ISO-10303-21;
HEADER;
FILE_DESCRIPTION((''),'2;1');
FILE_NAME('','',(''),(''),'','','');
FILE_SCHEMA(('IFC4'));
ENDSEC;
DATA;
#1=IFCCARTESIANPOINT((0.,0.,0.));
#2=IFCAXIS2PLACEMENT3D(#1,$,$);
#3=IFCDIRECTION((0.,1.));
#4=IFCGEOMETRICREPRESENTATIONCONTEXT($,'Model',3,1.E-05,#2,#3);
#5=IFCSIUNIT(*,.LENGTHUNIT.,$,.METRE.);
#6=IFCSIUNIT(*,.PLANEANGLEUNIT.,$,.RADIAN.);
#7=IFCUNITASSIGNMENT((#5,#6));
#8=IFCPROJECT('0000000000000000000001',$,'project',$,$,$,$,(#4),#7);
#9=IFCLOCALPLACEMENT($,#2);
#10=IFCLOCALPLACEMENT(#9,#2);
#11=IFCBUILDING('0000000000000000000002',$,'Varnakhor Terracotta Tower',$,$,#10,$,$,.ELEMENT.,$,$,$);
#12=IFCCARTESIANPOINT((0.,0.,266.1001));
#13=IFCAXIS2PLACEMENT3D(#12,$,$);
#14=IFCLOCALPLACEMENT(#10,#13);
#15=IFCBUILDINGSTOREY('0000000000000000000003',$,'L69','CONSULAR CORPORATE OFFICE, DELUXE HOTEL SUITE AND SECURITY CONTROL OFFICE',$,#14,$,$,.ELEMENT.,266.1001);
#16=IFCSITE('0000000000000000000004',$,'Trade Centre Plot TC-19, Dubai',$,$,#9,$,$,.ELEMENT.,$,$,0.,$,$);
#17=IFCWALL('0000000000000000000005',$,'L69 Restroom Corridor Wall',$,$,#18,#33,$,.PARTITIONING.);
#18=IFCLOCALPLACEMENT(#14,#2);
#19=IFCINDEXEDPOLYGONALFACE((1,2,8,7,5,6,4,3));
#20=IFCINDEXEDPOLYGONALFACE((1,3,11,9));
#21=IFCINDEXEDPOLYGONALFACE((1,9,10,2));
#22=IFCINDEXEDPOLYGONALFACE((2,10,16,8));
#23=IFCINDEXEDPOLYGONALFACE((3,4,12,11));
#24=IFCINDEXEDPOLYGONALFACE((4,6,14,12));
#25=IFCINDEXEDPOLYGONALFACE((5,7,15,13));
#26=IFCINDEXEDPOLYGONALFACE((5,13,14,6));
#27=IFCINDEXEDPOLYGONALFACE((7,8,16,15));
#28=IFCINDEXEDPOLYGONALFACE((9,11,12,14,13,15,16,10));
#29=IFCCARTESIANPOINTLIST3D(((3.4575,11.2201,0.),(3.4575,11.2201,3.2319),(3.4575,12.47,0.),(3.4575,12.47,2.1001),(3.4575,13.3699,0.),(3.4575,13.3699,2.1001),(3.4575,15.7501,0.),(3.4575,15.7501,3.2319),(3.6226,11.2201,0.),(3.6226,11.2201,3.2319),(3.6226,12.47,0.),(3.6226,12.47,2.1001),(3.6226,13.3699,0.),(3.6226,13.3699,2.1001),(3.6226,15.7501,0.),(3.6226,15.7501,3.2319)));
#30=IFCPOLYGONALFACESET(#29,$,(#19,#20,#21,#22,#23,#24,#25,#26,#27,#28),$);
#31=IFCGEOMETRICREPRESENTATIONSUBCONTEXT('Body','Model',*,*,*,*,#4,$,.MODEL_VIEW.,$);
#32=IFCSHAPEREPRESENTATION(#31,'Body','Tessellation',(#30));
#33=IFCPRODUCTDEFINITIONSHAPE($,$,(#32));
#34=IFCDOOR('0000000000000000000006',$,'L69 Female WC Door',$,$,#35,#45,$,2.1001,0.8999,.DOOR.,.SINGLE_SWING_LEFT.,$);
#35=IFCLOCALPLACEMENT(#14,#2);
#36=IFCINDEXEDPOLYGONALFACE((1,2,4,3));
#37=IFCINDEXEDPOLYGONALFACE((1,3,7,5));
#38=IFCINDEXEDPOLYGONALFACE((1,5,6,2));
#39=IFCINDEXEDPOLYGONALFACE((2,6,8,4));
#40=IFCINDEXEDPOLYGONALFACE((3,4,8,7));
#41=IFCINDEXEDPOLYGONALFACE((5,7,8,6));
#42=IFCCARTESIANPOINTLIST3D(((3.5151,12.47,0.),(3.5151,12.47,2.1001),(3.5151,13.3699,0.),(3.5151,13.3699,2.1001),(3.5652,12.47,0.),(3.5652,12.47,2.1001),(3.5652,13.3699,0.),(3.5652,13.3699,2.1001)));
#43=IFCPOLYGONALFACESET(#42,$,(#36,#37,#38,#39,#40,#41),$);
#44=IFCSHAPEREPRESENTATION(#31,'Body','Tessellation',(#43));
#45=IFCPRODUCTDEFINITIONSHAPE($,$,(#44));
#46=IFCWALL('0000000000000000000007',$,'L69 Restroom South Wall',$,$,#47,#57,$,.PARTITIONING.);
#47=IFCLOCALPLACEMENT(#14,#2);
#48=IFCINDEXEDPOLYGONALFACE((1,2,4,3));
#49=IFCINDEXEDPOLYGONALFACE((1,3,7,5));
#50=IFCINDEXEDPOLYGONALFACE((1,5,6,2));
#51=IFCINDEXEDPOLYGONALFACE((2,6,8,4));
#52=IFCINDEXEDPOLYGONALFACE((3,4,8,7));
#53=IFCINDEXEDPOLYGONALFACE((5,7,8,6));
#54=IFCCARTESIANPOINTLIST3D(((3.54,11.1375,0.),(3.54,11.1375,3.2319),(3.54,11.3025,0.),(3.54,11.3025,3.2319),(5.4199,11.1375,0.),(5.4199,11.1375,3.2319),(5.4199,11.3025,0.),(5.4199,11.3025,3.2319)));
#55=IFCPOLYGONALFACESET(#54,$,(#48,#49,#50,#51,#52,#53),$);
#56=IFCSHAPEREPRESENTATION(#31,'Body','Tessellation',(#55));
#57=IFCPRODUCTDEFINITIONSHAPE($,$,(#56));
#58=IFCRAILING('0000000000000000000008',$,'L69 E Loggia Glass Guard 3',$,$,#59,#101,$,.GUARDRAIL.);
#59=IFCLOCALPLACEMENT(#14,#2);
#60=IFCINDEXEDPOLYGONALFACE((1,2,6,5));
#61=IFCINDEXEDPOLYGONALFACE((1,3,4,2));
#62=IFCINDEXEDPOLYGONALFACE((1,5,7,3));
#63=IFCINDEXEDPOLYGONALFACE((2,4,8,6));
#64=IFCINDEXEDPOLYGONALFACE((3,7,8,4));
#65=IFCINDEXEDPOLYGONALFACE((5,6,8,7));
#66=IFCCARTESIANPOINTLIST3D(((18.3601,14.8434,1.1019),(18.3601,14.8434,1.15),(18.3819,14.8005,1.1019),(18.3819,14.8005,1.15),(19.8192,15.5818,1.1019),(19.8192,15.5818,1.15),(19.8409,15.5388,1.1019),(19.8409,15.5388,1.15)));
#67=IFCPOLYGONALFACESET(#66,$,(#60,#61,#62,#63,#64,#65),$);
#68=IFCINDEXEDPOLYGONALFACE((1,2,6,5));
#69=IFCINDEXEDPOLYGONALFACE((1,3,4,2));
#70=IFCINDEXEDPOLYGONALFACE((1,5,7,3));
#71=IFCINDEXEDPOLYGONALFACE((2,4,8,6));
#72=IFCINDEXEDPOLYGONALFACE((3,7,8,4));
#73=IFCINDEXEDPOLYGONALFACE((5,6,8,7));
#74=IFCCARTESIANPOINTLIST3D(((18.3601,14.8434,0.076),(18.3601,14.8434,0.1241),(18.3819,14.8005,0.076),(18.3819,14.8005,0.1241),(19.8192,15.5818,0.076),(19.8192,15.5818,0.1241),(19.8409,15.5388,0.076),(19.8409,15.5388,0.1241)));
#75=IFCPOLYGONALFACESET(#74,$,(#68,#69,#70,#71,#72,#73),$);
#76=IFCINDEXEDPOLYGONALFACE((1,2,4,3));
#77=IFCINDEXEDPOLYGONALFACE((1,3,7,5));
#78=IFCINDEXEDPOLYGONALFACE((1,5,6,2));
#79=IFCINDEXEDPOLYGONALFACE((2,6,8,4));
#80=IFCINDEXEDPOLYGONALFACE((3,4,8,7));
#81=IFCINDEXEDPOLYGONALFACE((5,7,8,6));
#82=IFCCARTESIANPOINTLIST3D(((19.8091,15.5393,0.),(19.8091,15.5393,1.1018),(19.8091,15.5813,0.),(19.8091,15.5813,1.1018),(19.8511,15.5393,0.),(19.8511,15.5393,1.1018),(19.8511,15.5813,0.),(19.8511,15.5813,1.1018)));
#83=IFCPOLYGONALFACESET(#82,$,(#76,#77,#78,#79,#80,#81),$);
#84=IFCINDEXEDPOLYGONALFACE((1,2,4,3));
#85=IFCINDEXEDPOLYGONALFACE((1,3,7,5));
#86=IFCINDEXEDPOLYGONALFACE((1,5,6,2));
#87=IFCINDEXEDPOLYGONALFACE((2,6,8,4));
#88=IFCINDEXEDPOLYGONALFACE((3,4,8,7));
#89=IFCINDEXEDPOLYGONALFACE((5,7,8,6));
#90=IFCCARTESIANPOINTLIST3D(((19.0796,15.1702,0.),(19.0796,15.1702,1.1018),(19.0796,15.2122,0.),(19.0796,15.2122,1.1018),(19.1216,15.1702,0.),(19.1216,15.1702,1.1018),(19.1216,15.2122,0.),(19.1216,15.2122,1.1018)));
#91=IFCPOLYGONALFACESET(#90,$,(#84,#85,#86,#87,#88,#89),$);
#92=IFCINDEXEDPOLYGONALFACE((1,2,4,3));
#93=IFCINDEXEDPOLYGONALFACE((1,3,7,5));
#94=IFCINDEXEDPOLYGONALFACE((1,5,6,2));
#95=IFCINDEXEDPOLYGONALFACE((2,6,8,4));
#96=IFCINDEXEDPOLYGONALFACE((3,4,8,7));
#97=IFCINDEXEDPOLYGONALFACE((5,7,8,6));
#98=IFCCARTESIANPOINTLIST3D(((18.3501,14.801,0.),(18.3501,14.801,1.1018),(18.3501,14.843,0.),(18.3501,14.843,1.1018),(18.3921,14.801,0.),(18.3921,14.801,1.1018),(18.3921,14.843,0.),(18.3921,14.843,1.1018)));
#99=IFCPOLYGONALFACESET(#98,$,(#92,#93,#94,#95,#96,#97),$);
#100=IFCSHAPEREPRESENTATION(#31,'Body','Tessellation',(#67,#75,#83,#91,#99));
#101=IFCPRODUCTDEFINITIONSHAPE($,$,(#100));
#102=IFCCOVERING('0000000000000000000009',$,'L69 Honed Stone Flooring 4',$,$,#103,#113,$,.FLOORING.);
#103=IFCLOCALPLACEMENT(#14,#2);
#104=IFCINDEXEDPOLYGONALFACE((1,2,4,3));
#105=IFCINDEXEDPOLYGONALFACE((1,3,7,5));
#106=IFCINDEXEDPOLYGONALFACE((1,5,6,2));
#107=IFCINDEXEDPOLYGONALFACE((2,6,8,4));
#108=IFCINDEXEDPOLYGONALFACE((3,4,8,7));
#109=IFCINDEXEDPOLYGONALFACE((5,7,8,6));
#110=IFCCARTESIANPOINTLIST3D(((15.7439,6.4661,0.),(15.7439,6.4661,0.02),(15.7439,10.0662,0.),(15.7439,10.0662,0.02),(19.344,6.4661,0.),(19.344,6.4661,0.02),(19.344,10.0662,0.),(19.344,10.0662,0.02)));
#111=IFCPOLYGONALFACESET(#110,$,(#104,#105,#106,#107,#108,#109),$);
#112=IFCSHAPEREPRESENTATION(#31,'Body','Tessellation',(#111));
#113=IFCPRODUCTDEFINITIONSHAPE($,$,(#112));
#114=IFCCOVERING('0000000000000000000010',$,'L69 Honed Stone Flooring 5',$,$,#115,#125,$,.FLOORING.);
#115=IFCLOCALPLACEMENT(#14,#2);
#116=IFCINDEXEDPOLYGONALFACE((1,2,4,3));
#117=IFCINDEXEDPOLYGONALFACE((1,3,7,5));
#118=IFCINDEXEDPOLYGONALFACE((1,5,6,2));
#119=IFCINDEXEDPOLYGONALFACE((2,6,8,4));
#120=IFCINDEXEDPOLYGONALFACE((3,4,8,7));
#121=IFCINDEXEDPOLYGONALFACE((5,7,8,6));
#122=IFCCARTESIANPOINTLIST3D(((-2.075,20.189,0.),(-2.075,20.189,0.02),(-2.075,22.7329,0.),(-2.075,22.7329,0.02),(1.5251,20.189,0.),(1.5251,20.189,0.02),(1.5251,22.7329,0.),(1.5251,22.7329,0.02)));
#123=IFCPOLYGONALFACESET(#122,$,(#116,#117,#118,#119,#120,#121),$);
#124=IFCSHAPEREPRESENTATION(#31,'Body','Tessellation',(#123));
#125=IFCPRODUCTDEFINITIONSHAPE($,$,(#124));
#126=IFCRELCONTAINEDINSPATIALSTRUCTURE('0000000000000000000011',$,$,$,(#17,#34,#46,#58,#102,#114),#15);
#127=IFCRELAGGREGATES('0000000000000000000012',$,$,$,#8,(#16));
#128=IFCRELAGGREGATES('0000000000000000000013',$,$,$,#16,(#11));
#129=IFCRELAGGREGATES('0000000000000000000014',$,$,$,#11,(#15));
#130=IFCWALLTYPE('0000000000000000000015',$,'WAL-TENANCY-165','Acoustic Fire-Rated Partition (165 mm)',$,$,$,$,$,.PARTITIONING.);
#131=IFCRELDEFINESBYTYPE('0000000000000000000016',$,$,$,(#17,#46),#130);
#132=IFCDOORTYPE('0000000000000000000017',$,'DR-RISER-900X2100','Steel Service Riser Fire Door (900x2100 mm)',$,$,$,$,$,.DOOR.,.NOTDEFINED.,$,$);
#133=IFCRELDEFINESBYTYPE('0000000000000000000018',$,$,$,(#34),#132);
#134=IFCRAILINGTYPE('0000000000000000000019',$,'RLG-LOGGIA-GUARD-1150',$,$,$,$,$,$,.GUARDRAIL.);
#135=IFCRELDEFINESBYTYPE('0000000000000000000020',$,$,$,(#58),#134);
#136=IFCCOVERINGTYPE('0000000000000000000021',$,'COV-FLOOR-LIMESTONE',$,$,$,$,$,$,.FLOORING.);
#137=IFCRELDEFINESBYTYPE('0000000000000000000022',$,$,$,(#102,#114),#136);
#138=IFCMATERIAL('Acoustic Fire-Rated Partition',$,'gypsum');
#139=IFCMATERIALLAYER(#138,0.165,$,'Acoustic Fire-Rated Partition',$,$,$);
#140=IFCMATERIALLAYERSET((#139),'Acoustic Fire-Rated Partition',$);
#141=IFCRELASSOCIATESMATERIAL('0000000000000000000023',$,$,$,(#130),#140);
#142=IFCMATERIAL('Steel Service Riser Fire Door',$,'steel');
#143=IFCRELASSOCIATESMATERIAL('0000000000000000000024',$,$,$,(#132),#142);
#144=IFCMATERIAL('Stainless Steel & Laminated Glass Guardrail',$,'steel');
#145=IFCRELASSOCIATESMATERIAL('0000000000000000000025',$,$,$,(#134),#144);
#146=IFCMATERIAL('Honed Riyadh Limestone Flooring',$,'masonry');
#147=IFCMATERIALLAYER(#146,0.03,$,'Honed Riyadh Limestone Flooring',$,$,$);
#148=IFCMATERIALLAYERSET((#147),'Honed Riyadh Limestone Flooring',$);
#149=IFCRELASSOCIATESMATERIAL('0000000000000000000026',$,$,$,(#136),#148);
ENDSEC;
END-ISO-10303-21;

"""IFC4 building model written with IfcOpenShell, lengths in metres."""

from ifc_helpers import new_model, si_unit, direction, frame, frame_2d, origin, origin_2d, place, context, subcontext, project, spatial, rectangle, extrude, source, transform, mapped, material, layer, layer_set, type_object, type_shapes, element, fill, save


model = new_model("IFC4")

# Units and contexts
model_context = context("Model", 3, precision=1e-05, world=origin(), true_north=direction((0.0, 1.0)))
body_context = subcontext(model_context, "Body", "Model", "MODEL_VIEW")
ifc_project = project(units=[si_unit("LENGTHUNIT", "METRE"), si_unit("PLANEANGLEUNIT", "RADIAN")], contexts=[model_context])

# Site, building, storey
site_placement = place(None, origin())
site = spatial("IfcSite", under=ifc_project, at=site_placement, Name="Trade Centre Plot TC-19, Dubai", CompositionType="ELEMENT", RefElevation=0.0)
building_placement = place(site_placement, origin())
building = spatial("IfcBuilding", under=site, at=building_placement, Name="Varnakhor Terracotta Tower", CompositionType="ELEMENT")
storey_placement = place(building_placement, frame((0.0, 0.0, 266.1001)))
storey = spatial("IfcBuildingStorey", under=building, at=storey_placement, Name="L69", Description="CONSULAR CORPORATE OFFICE, DELUXE HOTEL SUITE AND SECURITY CONTROL OFFICE", CompositionType="ELEMENT", Elevation=266.1001)

# Shared definitions
ifc_material_1 = material(Name="Acoustic Fire-Rated Partition", Category="gypsum")
ifc_layer_1 = layer(ifc_material_1, 0.165, Name="Acoustic Fire-Rated Partition")
ifc_layer_set_1 = layer_set([ifc_layer_1], Name="Acoustic Fire-Rated Partition")
wall_type_1 = type_object("IfcWallType", Name="WAL-TENANCY-165", Description="Acoustic Fire-Rated Partition (165 mm)", PredefinedType="PARTITIONING", material=ifc_layer_set_1)

# Wall, opening, door
wall_1_placement = place(storey_placement, frame((3.54, 11.22, 0.0), z_axis=(0.0, 0.0, 1.0), x_axis=(0.0, 1.0, 0.0)))
wall_1 = element("IfcWall", 1, at=wall_1_placement, inside=storey, type_object=wall_type_1, Name="L69 Restroom Corridor Wall", PredefinedType="PARTITIONING", context=body_context, shape_type="SweptSolid", body=[
    extrude(rectangle(XDim=4.53, YDim=0.165, at=frame_2d((2.2651, 0.0))), origin(), (0.0, 0.0, 1.0), 3.2319),
])
opening_1_placement = place(wall_1_placement, frame((1.25, 0.0, 0.0)))
opening_1 = element("IfcOpeningElement", 2, at=opening_1_placement, cuts=wall_1, PredefinedType="OPENING", context=body_context, shape_type="SweptSolid", body=[
    extrude(rectangle(XDim=0.8999, YDim=2.1001, at=frame_2d((0.45, 1.05))), frame((0.0, 0.0925, 0.0), z_axis=(0.0, -1.0, 0.0), x_axis=(1.0, 0.0, 0.0)), (0.0, 0.0, 1.0), 0.1851),
])
ifc_material_2 = material(Name="Steel Service Riser Fire Door", Category="steel")
door_type_1 = type_object("IfcDoorType", Name="DR-RISER-900X2100", Description="Steel Service Riser Fire Door (900x2100 mm)", OperationType="NOTDEFINED", PredefinedType="DOOR", material=ifc_material_2)
shared_shape_1 = source(origin(), body_context, "Body", "SweptSolid", [
    extrude(rectangle(XDim=0.8999, YDim=2.1001, at=frame_2d((0.45, 1.05))), frame((0.0, 0.0249, 0.0), z_axis=(0.0, -1.0, 0.0), x_axis=(1.0, 0.0, 0.0)), (0.0, 0.0, 1.0), 0.05),
])
type_shapes(door_type_1, [shared_shape_1])
door_1_placement = place(opening_1_placement, origin())
door_1 = element("IfcDoor", 3, at=door_1_placement, inside=storey, type_object=door_type_1, Name="L69 Female WC Door", OperationType="SINGLE_SWING_LEFT", OverallHeight=2.1001, OverallWidth=0.8999, PredefinedType="DOOR", context=body_context, shape_type="MappedRepresentation", body=[
    mapped(shared_shape_1, transform((0.0, 0.0, 0.0), scale=1.0)),
])
fill(opening_1, door_1)

# Wall
wall_2_placement = place(storey_placement, frame((3.54, 11.22, 0.0), z_axis=(0.0, 0.0, 1.0), x_axis=(1.0, 0.0, 0.0)))
element("IfcWall", 4, at=wall_2_placement, inside=storey, type_object=wall_type_1, Name="L69 Restroom South Wall", PredefinedType="PARTITIONING", context=body_context, shape_type="SweptSolid", body=[
    extrude(rectangle(XDim=1.8799, YDim=0.165, at=frame_2d((0.9399, 0.0))), origin(), (0.0, 0.0, 1.0), 3.2319),
])

# Railing
ifc_material_3 = material(Name="Stainless Steel & Laminated Glass Guardrail", Category="steel")
railing_type = type_object("IfcRailingType", Name="RLG-LOGGIA-GUARD-1150", PredefinedType="GUARDRAIL", material=ifc_material_3)
railing_placement = place(storey_placement, frame((19.8301, 15.5603, 0.0)))
element("IfcRailing", 5, at=railing_placement, inside=storey, type_object=railing_type, Name="L69 E Loggia Glass Guard 3", PredefinedType="GUARDRAIL", context=body_context, shape_type="SweptSolid", body=[
    extrude(rectangle(XDim=0.0481, YDim=0.0481, at=origin_2d()), frame((0.0, 0.0, 1.126), z_axis=(-0.892267, -0.451509, 0.0), x_axis=(0.451509, -0.892267, 0.0)), (0.0, 0.0, 1.0), 1.6353),
    extrude(rectangle(XDim=0.0481, YDim=0.0481, at=origin_2d()), frame((0.0, 0.0, 0.1001), z_axis=(-0.892267, -0.451509, 0.0), x_axis=(0.451509, -0.892267, 0.0)), (0.0, 0.0, 1.0), 1.6353),
    extrude(rectangle(XDim=0.042, YDim=0.042, at=origin_2d()), origin(), (0.0, 0.0, 1.0), 1.1018),
    extrude(rectangle(XDim=0.042, YDim=0.042, at=origin_2d()), frame((-0.7295, -0.3691, 0.0)), (0.0, 0.0, 1.0), 1.1018),
    extrude(rectangle(XDim=0.042, YDim=0.042, at=origin_2d()), frame((-1.459, -0.7383, 0.0)), (0.0, 0.0, 1.0), 1.1018),
])

# Coverings
ifc_material_4 = material(Name="Honed Riyadh Limestone Flooring", Category="masonry")
ifc_layer_2 = layer(ifc_material_4, 0.03, Name="Honed Riyadh Limestone Flooring")
ifc_layer_set_2 = layer_set([ifc_layer_2], Name="Honed Riyadh Limestone Flooring")
covering_type = type_object("IfcCoveringType", Name="COV-FLOOR-LIMESTONE", PredefinedType="FLOORING", material=ifc_layer_set_2)
shared_shape_2 = source(origin(), body_context, "Body", "SweptSolid", [
    extrude(rectangle(XDim=3.6001, YDim=3.6001, at=origin_2d()), origin(), (0.0, 0.0, 1.0), 0.02),
])
covering_1_placement = place(storey_placement, frame((17.5439, 8.2661, 0.0), z_axis=(0.0, 0.0, 1.0), x_axis=(1.0, 0.0, 0.0)))
element("IfcCovering", 6, at=covering_1_placement, inside=storey, type_object=covering_type, Name="L69 Honed Stone Flooring 4", PredefinedType="FLOORING", context=body_context, shape_type="MappedRepresentation", body=[
    mapped(shared_shape_2, transform((0.0, 0.0, 0.0), scale=1.0)),
])
shared_shape_3 = source(origin(), body_context, "Body", "SweptSolid", [
    extrude(rectangle(XDim=3.6001, YDim=2.5439, at=origin_2d()), origin(), (0.0, 0.0, 1.0), 0.02),
])
covering_2_placement = place(storey_placement, frame((-0.2749, 21.4609, 0.0), z_axis=(0.0, 0.0, 1.0), x_axis=(1.0, 0.0, 0.0)))
element("IfcCovering", 7, at=covering_2_placement, inside=storey, type_object=covering_type, Name="L69 Honed Stone Flooring 5", PredefinedType="FLOORING", context=body_context, shape_type="MappedRepresentation", body=[
    mapped(shared_shape_3, transform((0.0, 0.0, 0.0), scale=1.0)),
])

save(model, "model.ifc")
